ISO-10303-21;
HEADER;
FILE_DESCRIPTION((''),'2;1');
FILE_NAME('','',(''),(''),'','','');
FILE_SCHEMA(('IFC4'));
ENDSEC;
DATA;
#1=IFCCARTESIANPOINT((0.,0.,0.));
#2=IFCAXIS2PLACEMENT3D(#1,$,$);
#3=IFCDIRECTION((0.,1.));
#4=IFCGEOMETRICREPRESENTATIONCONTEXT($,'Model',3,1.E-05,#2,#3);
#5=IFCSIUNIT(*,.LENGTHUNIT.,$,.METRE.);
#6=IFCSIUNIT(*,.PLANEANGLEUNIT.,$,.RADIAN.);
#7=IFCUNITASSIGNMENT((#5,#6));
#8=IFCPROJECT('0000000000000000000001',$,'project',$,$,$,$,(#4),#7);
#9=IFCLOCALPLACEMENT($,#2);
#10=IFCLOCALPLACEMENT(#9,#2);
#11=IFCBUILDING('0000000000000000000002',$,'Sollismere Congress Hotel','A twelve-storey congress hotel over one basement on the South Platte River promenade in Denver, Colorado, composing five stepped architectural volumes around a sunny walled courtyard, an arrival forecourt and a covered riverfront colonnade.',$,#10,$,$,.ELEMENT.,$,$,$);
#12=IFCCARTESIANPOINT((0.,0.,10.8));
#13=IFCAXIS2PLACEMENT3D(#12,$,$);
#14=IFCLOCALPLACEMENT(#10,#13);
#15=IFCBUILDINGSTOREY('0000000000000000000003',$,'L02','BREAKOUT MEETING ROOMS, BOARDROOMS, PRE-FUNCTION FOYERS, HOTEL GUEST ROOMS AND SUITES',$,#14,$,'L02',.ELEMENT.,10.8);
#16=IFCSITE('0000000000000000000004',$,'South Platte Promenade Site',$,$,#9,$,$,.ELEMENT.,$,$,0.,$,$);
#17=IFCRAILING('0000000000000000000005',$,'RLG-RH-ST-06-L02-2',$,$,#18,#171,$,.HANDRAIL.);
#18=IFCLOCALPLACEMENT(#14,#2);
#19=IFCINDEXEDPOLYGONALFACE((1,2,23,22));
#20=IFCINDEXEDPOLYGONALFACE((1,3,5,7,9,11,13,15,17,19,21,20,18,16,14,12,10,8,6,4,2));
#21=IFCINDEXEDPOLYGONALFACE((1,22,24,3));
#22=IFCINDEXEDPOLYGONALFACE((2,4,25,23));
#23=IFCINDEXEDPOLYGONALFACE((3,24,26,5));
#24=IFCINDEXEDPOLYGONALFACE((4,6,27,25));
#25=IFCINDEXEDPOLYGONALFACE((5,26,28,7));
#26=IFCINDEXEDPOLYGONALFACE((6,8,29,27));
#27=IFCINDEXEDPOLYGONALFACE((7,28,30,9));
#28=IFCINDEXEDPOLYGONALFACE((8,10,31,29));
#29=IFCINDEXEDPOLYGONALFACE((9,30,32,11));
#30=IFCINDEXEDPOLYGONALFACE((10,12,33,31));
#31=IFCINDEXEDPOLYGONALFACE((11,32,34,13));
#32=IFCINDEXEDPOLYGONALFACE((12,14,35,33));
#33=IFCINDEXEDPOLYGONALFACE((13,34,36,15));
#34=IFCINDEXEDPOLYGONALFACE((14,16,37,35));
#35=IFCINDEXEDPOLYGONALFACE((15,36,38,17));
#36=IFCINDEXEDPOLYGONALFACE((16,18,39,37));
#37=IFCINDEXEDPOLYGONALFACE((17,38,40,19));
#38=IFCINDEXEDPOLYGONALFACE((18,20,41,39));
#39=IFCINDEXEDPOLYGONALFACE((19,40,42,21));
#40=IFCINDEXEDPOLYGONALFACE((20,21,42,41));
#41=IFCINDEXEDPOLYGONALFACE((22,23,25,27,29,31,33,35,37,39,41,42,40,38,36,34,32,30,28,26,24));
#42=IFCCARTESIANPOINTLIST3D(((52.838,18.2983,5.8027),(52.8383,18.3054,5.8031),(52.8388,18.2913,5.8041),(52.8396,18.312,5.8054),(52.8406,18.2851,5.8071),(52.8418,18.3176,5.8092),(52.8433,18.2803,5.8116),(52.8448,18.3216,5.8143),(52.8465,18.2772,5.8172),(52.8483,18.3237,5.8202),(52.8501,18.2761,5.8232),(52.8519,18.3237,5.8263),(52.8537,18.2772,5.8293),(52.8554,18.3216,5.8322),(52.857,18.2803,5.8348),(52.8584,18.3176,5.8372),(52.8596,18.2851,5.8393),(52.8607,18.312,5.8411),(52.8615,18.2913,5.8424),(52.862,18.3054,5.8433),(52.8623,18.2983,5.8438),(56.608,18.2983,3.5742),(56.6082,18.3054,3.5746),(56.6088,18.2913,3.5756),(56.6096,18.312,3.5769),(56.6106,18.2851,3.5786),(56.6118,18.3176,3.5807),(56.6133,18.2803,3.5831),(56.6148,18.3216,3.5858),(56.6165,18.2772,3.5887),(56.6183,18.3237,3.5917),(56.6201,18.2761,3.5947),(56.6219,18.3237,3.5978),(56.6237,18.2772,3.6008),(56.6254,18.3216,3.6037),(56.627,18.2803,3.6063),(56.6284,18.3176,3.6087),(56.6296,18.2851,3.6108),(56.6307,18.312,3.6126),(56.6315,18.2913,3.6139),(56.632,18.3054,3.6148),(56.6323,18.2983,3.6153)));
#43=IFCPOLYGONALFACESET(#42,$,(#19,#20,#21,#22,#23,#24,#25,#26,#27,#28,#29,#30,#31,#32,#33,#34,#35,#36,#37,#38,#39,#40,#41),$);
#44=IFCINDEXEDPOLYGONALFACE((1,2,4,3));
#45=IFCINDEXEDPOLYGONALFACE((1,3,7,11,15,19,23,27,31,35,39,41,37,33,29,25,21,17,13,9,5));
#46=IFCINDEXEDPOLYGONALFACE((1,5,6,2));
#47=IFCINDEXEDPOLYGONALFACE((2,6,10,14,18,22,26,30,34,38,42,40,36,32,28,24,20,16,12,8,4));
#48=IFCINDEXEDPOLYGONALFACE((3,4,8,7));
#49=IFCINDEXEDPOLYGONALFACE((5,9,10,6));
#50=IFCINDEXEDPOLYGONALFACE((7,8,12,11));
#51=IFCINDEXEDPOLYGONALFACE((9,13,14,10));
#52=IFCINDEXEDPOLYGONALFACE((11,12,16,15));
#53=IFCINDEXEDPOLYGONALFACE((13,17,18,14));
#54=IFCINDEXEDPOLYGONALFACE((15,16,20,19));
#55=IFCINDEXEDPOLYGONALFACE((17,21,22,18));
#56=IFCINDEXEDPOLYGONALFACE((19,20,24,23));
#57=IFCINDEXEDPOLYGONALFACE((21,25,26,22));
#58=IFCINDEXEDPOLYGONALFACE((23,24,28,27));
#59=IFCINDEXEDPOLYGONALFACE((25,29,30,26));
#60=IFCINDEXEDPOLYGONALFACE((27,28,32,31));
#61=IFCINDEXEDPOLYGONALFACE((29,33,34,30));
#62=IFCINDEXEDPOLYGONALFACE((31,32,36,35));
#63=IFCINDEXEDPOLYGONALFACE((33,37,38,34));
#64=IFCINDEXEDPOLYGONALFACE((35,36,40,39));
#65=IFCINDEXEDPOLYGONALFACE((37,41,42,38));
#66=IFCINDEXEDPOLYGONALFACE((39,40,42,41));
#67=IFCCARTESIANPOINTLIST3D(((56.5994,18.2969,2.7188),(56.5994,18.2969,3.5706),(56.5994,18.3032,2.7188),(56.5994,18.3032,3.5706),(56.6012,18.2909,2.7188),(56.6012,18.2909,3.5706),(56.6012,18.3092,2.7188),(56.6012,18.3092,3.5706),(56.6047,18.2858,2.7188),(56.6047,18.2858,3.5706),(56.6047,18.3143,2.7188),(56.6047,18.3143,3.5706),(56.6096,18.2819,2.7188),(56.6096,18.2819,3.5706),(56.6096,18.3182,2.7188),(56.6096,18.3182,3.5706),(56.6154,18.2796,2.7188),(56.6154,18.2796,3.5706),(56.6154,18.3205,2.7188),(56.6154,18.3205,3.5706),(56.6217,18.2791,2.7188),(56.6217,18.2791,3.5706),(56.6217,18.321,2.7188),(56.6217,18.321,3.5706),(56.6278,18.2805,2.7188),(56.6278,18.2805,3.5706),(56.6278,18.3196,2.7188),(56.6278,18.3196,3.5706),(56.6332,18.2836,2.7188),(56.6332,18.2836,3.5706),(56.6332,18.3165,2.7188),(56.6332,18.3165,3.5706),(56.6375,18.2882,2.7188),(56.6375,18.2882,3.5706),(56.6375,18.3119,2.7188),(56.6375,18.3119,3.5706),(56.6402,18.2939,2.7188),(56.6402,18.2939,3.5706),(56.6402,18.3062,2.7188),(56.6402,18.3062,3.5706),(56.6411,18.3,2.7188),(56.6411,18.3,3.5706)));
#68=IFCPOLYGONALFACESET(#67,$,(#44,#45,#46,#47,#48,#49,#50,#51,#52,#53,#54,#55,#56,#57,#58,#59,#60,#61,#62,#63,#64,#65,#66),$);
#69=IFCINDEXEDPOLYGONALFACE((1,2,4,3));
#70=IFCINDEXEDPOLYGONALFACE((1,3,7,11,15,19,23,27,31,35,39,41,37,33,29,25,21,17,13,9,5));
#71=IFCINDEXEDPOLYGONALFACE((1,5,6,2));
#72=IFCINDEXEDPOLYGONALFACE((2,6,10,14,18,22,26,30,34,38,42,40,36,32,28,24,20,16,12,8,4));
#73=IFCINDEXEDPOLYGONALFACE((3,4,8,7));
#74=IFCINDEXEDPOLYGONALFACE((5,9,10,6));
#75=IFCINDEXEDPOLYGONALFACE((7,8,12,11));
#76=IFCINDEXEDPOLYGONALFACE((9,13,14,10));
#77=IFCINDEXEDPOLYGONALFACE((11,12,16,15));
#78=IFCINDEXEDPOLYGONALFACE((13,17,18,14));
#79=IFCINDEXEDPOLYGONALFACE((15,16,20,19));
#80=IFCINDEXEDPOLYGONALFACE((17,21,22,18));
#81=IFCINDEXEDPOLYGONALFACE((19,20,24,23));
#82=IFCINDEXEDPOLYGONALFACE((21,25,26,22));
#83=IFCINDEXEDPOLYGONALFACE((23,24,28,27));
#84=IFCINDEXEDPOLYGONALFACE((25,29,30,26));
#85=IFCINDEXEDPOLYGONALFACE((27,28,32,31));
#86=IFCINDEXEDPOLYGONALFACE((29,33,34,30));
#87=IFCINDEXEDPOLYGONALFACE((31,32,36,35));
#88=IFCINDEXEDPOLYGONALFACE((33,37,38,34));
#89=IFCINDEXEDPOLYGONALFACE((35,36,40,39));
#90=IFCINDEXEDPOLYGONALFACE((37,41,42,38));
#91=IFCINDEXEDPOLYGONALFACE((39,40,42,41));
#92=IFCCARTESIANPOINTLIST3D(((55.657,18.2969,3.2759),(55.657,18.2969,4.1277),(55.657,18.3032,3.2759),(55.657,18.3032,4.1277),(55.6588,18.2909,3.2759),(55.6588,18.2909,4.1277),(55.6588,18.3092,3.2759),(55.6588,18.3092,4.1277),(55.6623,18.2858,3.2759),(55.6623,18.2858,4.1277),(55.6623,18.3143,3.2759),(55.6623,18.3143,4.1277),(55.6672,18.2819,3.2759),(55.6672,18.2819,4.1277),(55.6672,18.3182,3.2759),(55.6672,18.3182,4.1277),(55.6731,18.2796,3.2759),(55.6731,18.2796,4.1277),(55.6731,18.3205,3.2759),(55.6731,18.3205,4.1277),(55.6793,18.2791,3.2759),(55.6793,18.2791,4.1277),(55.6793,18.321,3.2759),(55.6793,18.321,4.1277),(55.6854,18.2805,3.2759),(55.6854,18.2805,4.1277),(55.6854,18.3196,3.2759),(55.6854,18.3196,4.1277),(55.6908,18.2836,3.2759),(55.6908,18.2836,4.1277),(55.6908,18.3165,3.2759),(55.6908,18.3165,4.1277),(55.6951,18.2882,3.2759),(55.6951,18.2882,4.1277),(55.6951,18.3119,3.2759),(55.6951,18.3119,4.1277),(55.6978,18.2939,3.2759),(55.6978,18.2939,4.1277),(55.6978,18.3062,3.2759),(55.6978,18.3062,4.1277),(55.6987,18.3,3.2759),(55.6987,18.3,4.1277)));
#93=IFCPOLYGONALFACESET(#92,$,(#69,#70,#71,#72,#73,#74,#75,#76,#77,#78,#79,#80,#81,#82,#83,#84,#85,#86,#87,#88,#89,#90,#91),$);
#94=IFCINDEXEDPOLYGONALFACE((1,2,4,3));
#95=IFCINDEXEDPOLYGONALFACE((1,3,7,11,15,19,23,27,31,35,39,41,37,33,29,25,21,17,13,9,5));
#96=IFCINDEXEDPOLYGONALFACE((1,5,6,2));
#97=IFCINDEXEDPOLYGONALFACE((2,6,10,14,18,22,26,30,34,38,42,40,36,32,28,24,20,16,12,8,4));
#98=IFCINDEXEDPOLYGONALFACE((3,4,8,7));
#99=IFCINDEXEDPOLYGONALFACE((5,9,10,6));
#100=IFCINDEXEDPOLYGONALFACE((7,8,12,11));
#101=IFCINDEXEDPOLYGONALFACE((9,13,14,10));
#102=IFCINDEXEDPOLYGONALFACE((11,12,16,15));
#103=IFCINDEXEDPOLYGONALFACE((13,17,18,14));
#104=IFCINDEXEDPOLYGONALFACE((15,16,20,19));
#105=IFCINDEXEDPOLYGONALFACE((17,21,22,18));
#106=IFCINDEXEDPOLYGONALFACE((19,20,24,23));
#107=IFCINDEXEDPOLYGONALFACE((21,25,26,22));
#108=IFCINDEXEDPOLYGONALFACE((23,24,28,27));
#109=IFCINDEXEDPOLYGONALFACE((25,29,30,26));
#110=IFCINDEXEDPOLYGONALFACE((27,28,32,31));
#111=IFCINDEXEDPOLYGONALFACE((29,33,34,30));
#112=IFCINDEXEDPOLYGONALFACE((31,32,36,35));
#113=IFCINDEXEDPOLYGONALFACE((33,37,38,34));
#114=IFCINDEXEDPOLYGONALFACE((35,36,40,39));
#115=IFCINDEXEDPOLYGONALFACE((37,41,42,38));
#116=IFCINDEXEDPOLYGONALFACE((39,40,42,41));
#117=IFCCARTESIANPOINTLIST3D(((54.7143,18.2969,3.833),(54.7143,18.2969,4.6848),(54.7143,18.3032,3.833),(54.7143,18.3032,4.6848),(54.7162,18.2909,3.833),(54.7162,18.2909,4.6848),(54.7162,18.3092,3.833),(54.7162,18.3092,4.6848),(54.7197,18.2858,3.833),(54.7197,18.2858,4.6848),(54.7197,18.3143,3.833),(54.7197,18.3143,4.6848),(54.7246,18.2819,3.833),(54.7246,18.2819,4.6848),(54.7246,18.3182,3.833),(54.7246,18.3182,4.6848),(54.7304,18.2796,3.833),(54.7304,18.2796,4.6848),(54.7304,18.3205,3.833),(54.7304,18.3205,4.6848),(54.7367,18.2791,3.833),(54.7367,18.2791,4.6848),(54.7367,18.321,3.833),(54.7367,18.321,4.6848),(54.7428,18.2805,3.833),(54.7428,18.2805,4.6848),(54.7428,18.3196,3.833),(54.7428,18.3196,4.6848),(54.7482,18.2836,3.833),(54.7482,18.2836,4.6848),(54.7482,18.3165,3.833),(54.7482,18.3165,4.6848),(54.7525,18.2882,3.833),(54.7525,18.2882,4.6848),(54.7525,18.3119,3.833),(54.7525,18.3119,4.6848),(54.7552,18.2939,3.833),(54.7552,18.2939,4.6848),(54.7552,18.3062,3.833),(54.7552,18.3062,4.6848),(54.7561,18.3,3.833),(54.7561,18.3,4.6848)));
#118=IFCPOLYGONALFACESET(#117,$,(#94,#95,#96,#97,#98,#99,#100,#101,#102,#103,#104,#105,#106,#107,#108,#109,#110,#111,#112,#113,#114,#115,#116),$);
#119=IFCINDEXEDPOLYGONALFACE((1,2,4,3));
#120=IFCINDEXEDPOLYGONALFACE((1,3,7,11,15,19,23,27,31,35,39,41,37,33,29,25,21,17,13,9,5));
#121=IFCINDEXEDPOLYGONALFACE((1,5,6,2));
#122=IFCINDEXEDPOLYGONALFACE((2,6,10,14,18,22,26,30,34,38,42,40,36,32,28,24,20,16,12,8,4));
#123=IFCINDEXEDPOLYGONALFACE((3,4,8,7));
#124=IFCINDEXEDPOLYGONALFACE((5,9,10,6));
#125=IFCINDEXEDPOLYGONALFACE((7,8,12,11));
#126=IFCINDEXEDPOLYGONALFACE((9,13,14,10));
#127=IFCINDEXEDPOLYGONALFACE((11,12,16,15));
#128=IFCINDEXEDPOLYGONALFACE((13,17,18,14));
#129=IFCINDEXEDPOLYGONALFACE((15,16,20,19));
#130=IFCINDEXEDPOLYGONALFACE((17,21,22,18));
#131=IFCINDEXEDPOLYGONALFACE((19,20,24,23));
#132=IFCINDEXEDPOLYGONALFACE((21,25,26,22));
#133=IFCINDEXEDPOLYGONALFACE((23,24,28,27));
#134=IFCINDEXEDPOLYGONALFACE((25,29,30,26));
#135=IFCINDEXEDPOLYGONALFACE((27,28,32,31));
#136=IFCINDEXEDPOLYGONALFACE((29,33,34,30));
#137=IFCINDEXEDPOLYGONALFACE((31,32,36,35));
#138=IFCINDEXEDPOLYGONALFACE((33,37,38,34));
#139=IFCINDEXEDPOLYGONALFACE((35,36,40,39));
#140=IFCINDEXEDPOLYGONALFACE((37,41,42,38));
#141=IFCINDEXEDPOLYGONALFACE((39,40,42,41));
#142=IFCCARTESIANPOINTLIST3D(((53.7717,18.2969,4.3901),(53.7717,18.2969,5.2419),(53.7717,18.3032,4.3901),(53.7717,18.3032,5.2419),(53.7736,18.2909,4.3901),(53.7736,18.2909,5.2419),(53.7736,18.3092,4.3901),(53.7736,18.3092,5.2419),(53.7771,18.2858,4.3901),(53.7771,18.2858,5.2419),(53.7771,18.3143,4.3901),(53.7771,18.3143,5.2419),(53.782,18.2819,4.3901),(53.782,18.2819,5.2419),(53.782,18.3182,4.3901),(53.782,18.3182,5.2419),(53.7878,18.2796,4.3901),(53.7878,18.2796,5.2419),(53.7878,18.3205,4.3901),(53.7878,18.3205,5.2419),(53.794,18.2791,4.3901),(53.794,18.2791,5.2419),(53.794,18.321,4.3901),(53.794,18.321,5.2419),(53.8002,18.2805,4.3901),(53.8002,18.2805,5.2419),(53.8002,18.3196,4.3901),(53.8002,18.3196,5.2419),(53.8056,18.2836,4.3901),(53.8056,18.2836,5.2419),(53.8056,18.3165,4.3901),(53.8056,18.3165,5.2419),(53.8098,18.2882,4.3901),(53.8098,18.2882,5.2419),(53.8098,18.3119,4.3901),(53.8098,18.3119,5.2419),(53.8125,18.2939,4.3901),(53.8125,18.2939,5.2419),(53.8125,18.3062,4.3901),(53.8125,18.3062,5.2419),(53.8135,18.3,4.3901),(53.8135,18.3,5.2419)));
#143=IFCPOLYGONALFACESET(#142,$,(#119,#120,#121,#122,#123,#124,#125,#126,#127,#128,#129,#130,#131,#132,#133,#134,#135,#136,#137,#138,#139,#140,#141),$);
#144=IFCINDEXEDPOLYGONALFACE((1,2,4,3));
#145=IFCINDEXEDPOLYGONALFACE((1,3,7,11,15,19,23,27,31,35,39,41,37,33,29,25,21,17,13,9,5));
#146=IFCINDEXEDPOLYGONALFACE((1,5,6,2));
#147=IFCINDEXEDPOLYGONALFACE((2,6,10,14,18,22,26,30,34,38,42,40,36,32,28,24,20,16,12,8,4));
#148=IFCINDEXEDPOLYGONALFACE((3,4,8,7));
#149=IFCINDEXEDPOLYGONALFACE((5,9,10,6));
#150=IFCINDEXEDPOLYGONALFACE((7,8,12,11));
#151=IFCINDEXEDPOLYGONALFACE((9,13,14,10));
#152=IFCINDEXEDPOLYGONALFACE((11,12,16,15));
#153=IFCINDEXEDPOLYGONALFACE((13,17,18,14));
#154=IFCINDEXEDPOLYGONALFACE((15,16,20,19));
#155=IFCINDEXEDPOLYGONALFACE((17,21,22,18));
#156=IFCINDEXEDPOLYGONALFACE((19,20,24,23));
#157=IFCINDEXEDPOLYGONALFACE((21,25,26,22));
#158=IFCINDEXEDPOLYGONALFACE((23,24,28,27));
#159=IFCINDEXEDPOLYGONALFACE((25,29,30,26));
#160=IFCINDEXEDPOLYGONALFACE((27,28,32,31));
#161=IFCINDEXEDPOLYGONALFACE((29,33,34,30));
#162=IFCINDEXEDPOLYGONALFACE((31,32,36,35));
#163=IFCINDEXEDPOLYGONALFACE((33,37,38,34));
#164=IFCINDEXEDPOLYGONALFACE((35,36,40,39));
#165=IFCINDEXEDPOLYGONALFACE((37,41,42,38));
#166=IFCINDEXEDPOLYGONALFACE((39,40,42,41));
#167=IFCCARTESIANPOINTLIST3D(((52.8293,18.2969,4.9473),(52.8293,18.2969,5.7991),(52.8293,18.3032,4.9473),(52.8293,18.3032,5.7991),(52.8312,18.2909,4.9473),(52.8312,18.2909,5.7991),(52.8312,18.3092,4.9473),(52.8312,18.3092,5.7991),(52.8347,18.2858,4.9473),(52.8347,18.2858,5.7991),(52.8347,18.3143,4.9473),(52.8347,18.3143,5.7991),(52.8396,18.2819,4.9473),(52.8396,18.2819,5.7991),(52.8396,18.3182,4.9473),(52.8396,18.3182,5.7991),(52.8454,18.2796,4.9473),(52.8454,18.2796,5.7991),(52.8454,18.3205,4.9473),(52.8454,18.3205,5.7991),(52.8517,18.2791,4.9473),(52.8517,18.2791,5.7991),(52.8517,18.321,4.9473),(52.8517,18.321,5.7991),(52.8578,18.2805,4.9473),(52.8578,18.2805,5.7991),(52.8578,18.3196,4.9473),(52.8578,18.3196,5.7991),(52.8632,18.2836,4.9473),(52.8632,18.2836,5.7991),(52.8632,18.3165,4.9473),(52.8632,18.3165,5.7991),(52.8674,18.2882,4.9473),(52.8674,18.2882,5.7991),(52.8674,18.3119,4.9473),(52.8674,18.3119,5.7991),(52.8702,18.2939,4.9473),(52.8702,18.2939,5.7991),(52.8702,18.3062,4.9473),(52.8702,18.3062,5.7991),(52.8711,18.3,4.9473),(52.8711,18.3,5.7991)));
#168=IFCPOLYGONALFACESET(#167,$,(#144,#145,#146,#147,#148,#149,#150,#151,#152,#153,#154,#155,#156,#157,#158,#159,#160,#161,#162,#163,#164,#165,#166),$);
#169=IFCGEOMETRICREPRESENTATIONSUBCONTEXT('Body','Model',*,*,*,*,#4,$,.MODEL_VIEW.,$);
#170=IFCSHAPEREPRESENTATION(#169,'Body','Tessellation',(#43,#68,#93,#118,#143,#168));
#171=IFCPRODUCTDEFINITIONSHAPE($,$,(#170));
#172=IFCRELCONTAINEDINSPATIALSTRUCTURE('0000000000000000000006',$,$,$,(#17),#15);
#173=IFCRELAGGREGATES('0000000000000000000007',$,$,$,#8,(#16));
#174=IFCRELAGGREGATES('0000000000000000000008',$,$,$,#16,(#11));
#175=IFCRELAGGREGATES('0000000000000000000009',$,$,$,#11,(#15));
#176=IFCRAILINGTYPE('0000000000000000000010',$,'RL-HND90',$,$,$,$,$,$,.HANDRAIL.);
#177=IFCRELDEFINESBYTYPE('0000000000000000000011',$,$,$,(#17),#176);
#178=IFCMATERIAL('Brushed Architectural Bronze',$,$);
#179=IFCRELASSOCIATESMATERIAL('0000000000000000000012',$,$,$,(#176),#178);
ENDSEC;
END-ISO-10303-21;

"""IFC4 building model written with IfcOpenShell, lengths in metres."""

from ifc_helpers import new_model, si_unit, direction, frame, origin, origin_2d, place, context, subcontext, project, spatial, circle, extrude, material, type_object, element, save


model = new_model("IFC4")

# Units and contexts
model_context = context("Model", 3, precision=1e-05, world=origin(), true_north=direction((0.0, 1.0)))
body_context = subcontext(model_context, "Body", "Model", "MODEL_VIEW")
ifc_project = project(units=[si_unit("LENGTHUNIT", "METRE"), si_unit("PLANEANGLEUNIT", "RADIAN")], contexts=[model_context])

# Site, building, storey
site_placement = place(None, origin())
site = spatial("IfcSite", under=ifc_project, at=site_placement, Name="South Platte Promenade Site", CompositionType="ELEMENT", RefElevation=0.0)
building_placement = place(site_placement, origin())
building = spatial("IfcBuilding", under=site, at=building_placement, Name="Sollismere Congress Hotel", Description="A twelve-storey congress hotel over one basement on the South Platte River promenade in Denver, Colorado, composing five stepped architectural volumes around a sunny walled courtyard, an arrival forecourt and a covered riverfront colonnade.", CompositionType="ELEMENT")
storey_placement = place(building_placement, frame((0.0, 0.0, 10.8)))
storey = spatial("IfcBuildingStorey", under=building, at=storey_placement, Name="L02", Description="BREAKOUT MEETING ROOMS, BOARDROOMS, PRE-FUNCTION FOYERS, HOTEL GUEST ROOMS AND SUITES", LongName="L02", CompositionType="ELEMENT", Elevation=10.8)

# Railing
ifc_material_1 = material(Name="Brushed Architectural Bronze")
railing_type_1 = type_object("IfcRailingType", Name="RL-HND90", PredefinedType="HANDRAIL", material=ifc_material_1)
railing_1_placement = place(storey_placement, frame((56.6201, 18.3, 2.7188)))
element("IfcRailing", 1, at=railing_1_placement, inside=storey, type_object=railing_type_1, Name="RLG-RH-ST-06-L02-2", PredefinedType="HANDRAIL", context=body_context, shape_type="SweptSolid", body=[
    extrude(circle(Radius=0.0239, at=origin_2d()), frame((0.0, 0.0, 0.876), z_axis=(-0.860849, 0.0, 0.508861), x_axis=(0.0, -1.0, 0.0)), (0.0, 0.0, 1.0), 4.3794),
    extrude(circle(Radius=0.021, at=origin_2d()), origin(), (0.0, 0.0, 1.0), 0.8518),
    extrude(circle(Radius=0.021, at=origin_2d()), frame((-0.9424, 0.0, 0.5571)), (0.0, 0.0, 1.0), 0.8518),
    extrude(circle(Radius=0.021, at=origin_2d()), frame((-1.885, 0.0, 1.1143)), (0.0, 0.0, 1.0), 0.8518),
    extrude(circle(Radius=0.021, at=origin_2d()), frame((-2.8276, 0.0, 1.6714)), (0.0, 0.0, 1.0), 0.8518),
    extrude(circle(Radius=0.021, at=origin_2d()), frame((-3.77, 0.0, 2.2285)), (0.0, 0.0, 1.0), 0.8518),
])

save(model, "model.ifc")
